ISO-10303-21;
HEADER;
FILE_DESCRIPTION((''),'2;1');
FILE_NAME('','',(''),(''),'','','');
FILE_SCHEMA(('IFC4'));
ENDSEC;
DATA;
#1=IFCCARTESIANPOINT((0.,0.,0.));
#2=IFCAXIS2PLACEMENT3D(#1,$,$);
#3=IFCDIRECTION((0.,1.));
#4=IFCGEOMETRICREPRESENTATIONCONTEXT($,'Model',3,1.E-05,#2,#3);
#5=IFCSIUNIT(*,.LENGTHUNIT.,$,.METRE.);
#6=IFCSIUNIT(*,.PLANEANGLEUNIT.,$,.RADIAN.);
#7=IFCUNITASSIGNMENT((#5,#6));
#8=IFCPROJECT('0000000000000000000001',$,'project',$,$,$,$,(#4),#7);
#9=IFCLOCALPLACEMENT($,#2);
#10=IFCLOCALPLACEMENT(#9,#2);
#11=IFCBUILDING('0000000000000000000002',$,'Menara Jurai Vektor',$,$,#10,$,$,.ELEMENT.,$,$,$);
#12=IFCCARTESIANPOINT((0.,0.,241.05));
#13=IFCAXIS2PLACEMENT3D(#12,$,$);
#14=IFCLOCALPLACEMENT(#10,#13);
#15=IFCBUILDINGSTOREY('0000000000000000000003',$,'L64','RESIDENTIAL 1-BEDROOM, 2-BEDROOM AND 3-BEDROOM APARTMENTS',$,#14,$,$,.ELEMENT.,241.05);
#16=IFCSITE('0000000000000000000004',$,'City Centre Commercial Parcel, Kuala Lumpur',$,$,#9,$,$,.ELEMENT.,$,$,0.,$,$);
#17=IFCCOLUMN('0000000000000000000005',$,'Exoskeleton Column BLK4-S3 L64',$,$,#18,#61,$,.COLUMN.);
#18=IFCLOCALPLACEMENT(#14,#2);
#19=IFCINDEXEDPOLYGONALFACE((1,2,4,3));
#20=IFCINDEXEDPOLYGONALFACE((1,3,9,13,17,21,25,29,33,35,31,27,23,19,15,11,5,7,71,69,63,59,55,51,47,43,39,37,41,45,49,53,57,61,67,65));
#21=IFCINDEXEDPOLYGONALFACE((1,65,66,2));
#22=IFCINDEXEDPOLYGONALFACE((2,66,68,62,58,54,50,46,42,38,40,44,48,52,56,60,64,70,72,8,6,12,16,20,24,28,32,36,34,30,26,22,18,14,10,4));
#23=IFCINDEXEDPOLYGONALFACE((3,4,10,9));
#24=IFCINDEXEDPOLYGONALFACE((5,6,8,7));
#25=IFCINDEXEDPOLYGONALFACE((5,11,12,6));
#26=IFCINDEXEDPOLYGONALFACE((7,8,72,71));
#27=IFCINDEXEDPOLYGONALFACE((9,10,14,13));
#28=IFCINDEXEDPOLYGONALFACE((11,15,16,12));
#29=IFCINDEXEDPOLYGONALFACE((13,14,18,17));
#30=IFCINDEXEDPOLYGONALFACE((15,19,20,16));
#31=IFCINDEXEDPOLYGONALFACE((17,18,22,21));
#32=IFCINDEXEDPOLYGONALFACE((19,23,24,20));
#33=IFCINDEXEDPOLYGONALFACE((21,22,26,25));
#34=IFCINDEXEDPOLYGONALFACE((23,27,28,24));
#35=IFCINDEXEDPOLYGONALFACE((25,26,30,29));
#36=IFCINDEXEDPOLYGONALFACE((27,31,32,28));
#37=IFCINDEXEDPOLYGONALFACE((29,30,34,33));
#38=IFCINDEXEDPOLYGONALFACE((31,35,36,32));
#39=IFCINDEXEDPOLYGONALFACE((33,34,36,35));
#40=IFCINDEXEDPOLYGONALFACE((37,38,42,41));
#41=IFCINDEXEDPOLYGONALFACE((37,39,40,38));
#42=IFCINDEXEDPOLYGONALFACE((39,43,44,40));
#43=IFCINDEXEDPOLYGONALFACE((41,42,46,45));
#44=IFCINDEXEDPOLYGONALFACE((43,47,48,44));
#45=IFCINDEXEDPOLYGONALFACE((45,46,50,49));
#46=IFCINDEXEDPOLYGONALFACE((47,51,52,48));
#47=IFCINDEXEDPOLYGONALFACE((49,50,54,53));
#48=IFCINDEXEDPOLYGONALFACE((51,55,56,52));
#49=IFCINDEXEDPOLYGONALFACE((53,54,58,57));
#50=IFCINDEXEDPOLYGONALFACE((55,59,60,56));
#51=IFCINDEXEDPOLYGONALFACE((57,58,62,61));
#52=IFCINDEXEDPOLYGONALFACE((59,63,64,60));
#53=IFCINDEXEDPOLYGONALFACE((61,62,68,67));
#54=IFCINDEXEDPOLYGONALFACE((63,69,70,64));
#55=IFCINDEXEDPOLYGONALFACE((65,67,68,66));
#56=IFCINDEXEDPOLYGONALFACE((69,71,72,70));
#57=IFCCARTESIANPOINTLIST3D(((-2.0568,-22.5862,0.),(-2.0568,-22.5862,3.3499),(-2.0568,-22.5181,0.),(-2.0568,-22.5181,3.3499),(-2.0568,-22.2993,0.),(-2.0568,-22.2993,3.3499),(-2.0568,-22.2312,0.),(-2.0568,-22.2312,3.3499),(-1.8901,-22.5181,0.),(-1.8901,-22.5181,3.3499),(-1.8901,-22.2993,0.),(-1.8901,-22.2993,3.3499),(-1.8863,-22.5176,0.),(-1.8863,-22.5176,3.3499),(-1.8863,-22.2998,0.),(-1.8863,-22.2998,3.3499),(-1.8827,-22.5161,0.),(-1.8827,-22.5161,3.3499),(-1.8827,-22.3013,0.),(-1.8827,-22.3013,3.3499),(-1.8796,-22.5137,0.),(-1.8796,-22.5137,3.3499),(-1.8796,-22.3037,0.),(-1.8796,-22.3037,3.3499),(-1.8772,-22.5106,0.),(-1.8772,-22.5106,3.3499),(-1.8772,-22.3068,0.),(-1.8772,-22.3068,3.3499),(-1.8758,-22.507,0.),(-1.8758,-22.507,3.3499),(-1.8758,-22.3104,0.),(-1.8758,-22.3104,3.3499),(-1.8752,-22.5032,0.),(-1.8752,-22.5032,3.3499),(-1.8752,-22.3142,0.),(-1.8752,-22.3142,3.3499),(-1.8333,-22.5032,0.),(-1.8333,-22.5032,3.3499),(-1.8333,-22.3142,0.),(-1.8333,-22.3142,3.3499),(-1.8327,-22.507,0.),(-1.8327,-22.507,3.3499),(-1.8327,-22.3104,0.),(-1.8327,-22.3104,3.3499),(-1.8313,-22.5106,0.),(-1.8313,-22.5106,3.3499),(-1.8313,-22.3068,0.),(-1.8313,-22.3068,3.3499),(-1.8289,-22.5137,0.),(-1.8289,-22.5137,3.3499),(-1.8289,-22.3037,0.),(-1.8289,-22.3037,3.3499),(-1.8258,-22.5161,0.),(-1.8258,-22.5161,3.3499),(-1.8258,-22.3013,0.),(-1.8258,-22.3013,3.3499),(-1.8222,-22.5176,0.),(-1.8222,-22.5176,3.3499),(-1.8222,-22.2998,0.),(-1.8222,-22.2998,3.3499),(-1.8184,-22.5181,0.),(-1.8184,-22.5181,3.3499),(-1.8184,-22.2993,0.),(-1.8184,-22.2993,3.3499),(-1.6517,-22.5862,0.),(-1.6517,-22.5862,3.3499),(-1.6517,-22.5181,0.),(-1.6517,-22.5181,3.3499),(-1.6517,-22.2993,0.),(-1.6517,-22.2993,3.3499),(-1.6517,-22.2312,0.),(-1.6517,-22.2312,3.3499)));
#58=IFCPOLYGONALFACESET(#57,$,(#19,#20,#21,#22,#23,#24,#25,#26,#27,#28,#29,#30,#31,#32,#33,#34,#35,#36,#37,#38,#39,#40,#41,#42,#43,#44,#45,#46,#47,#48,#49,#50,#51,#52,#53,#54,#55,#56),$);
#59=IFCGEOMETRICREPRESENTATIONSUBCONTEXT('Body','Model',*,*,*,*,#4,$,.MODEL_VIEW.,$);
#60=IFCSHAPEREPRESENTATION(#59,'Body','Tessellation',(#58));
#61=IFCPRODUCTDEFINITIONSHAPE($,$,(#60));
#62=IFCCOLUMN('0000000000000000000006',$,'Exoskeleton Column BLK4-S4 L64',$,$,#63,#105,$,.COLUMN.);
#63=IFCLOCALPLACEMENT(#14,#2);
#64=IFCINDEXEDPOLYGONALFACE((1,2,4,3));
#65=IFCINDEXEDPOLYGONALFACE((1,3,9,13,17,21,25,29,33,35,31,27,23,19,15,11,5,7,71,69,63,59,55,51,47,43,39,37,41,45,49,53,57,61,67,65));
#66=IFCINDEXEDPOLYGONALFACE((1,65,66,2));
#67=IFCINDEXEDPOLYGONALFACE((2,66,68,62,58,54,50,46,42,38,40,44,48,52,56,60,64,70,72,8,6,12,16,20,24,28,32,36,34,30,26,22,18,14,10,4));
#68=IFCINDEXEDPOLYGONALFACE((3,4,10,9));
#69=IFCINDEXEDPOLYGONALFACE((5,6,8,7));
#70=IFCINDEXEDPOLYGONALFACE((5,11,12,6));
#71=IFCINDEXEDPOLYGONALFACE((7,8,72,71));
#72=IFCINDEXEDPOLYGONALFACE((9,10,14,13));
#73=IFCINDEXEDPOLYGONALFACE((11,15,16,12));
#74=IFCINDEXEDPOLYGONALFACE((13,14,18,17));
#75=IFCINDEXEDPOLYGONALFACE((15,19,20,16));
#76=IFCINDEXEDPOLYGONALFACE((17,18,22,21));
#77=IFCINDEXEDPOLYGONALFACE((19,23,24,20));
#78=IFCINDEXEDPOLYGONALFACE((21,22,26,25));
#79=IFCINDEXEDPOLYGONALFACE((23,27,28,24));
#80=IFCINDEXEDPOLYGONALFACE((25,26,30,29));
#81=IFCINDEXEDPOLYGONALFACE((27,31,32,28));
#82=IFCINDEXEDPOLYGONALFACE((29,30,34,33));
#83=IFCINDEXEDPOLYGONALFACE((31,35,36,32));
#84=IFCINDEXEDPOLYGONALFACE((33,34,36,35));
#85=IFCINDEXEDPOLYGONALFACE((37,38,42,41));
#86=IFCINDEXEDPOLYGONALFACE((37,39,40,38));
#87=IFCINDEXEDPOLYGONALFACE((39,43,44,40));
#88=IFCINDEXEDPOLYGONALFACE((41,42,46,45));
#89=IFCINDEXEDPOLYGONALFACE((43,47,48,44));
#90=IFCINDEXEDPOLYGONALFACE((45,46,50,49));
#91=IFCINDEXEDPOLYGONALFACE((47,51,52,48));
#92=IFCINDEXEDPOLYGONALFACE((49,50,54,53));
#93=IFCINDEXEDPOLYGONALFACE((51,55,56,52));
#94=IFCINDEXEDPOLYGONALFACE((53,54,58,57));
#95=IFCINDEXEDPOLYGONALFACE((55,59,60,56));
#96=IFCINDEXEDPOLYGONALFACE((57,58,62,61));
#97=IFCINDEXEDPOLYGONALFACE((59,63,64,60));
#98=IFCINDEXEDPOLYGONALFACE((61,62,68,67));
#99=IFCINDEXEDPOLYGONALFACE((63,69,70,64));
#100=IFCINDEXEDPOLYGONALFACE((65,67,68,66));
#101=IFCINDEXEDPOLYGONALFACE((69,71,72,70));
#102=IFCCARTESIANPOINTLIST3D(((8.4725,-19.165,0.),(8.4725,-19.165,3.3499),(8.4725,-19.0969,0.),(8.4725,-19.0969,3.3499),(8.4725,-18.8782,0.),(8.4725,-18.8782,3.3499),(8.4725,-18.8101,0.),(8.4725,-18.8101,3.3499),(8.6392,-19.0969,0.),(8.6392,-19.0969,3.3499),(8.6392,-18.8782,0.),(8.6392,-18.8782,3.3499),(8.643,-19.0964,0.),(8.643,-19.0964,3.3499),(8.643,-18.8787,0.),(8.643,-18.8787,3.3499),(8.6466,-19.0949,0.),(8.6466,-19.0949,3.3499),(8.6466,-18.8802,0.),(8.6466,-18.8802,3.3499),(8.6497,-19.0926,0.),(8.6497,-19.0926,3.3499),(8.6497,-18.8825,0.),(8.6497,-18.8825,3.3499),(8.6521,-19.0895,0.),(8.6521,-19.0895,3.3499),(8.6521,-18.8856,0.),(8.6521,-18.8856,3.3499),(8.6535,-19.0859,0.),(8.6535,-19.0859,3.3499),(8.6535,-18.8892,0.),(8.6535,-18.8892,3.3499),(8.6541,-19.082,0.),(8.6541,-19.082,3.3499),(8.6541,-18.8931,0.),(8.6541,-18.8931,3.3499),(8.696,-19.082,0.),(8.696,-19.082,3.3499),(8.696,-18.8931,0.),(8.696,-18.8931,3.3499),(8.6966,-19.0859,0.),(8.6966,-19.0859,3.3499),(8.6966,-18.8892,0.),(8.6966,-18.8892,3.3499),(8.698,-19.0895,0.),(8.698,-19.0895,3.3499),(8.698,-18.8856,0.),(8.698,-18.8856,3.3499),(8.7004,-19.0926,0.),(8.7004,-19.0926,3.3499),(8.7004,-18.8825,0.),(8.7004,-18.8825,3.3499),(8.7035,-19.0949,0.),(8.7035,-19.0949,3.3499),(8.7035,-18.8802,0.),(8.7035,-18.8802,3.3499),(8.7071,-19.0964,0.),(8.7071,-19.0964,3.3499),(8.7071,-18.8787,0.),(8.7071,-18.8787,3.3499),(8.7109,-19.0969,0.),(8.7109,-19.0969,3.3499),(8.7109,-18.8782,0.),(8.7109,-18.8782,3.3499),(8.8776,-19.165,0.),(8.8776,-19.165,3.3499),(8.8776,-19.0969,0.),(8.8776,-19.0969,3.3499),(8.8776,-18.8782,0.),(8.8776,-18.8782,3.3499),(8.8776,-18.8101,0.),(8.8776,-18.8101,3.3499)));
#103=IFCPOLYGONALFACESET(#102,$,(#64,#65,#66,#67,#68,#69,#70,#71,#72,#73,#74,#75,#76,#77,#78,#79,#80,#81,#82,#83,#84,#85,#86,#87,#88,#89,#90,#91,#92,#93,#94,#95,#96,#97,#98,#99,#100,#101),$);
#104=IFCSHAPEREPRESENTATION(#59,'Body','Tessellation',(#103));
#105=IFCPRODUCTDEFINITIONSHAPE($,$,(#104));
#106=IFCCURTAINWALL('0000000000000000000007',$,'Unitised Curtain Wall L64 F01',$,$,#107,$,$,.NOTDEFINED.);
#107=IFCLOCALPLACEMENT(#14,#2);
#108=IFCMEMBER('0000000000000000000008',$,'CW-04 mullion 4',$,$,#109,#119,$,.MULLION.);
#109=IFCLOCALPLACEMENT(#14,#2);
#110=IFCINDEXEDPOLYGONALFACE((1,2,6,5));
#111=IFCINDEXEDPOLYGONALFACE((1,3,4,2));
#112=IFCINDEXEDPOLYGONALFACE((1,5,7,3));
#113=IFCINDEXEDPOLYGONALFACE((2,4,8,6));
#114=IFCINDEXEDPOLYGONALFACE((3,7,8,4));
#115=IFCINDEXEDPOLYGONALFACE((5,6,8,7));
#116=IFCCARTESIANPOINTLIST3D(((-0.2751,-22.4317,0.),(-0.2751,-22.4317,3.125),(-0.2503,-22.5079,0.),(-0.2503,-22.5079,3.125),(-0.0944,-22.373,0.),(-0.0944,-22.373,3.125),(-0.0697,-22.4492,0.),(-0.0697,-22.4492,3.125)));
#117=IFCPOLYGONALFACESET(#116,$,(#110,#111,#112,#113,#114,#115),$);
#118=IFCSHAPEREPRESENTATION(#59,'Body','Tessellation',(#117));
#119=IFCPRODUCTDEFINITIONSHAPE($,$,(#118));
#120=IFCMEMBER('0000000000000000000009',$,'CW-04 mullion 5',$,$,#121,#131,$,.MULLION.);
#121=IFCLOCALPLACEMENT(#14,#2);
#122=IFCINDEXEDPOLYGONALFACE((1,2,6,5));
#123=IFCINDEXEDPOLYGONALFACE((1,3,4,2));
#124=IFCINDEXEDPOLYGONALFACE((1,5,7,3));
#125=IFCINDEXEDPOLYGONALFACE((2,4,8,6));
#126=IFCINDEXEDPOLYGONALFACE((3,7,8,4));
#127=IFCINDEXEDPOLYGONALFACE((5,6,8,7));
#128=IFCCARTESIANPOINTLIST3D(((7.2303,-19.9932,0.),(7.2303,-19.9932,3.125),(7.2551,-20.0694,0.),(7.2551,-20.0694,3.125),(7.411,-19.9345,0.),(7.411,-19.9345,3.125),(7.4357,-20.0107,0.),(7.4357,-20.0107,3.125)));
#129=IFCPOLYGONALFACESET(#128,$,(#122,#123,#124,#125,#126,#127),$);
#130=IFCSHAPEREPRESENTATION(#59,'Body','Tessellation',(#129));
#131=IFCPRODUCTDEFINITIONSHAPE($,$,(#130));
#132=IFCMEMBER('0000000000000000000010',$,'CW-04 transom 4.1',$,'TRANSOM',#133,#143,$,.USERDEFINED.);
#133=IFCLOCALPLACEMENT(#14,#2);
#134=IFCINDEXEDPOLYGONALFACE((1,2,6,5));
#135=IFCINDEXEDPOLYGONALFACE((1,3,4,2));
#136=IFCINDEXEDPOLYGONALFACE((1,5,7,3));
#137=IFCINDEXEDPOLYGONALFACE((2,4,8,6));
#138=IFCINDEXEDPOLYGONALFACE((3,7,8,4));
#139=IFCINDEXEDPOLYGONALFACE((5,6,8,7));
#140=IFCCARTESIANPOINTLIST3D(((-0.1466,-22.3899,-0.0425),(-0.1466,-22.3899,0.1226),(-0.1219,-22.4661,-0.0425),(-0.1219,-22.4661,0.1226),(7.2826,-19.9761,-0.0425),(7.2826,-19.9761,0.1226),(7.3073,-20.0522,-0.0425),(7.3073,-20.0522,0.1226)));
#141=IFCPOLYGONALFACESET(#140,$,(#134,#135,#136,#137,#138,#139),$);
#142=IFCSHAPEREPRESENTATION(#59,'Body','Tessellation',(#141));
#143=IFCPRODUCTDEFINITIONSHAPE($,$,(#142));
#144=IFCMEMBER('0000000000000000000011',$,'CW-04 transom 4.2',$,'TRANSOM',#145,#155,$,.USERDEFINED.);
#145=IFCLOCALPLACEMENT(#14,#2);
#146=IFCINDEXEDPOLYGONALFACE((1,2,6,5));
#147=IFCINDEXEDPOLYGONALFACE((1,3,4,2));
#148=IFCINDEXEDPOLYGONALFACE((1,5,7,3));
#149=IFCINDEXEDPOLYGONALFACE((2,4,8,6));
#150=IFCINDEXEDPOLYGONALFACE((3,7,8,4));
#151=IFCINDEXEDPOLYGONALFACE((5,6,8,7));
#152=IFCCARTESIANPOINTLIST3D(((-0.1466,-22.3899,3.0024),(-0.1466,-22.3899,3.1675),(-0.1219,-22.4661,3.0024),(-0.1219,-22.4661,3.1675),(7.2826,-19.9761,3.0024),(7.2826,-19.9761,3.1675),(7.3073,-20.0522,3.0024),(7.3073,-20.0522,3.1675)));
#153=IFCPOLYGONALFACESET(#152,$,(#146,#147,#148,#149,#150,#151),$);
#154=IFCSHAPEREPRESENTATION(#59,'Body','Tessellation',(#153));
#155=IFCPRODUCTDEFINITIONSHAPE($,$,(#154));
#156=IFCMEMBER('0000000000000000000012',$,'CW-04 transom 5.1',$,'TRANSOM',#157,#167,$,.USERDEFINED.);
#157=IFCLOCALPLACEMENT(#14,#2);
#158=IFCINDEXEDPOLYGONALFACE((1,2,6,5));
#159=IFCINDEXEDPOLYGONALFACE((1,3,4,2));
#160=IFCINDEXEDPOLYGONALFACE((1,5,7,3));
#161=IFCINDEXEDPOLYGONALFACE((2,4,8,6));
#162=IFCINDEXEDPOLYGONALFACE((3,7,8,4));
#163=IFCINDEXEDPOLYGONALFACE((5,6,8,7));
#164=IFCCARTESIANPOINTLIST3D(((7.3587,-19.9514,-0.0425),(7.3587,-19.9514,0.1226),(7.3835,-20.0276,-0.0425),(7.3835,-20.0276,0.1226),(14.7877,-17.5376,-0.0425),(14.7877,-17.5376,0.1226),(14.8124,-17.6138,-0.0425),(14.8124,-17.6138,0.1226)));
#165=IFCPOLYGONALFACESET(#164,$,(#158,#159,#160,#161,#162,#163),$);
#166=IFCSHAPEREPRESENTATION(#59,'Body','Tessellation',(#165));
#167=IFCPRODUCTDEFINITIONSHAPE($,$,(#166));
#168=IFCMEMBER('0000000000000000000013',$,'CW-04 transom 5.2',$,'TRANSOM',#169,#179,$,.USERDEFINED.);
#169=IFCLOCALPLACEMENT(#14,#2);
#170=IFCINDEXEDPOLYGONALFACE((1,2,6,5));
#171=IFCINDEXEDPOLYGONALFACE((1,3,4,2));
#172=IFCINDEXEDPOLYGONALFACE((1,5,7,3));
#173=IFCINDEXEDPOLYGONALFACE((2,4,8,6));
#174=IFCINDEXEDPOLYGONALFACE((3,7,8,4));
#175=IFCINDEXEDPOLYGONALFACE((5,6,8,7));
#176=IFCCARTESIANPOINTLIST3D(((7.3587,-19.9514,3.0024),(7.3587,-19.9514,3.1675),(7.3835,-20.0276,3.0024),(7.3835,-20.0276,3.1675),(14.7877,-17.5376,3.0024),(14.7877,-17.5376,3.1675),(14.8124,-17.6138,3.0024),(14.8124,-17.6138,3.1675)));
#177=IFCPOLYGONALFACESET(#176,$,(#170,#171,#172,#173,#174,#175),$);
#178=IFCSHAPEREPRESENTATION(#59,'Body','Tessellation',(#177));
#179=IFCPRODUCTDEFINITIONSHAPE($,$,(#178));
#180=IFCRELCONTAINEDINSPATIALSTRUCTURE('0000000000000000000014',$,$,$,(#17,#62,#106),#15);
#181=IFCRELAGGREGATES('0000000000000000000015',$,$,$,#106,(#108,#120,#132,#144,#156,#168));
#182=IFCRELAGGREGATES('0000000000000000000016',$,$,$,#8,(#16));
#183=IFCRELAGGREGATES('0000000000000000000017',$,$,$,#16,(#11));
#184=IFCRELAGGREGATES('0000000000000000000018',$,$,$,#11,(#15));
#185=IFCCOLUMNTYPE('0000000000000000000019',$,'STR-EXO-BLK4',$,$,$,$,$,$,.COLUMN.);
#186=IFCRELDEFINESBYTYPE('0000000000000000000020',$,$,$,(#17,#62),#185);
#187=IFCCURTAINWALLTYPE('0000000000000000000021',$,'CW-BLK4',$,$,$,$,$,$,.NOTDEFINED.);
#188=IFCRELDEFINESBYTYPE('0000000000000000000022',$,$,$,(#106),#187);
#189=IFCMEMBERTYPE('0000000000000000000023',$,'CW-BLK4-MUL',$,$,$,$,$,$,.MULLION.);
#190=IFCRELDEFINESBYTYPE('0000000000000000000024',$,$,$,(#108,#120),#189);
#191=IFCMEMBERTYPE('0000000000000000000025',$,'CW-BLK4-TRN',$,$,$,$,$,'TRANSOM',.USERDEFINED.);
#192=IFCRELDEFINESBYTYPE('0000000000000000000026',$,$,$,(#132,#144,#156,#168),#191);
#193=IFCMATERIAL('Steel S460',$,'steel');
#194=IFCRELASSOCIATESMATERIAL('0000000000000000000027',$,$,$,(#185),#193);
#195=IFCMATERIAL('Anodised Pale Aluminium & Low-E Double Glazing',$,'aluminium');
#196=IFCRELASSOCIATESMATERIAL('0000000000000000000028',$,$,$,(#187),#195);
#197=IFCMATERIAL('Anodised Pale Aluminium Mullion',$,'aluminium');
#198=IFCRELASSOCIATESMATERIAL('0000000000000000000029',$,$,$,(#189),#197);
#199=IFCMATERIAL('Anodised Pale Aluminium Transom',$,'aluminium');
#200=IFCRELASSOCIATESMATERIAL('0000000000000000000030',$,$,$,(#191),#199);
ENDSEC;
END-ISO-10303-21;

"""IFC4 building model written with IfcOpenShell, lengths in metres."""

from ifc_helpers import new_model, si_unit, direction, frame, origin, origin_2d, place, context, subcontext, project, spatial, rectangle, i_section, extrude, material, material_profile, profile_set, type_object, element, aggregate, save


model = new_model("IFC4")

# Units and contexts
model_context = context("Model", 3, precision=1e-05, world=origin(), true_north=direction((0.0, 1.0)))
body_context = subcontext(model_context, "Body", "Model", "MODEL_VIEW")
ifc_project = project(units=[si_unit("LENGTHUNIT", "METRE"), si_unit("PLANEANGLEUNIT", "RADIAN")], contexts=[model_context])

# Site, building, storey
site_placement = place(None, origin())
site = spatial("IfcSite", under=ifc_project, at=site_placement, Name="City Centre Commercial Parcel, Kuala Lumpur", CompositionType="ELEMENT", RefElevation=0.0)
building_placement = place(site_placement, origin())
building = spatial("IfcBuilding", under=site, at=building_placement, Name="Menara Jurai Vektor", CompositionType="ELEMENT")
storey_placement = place(building_placement, frame((0.0, 0.0, 241.05)))
storey = spatial("IfcBuildingStorey", under=building, at=storey_placement, Name="L64", Description="RESIDENTIAL 1-BEDROOM, 2-BEDROOM AND 3-BEDROOM APARTMENTS", CompositionType="ELEMENT", Elevation=241.05)

# Columns
ifc_material_1 = material(Name="Steel S460", Category="steel")
ifc_material_profile_1 = material_profile(ifc_material_1, i_section(OverallWidth=0.405, OverallDepth=0.355, WebThickness=0.042, FlangeThickness=0.0681, FilletRadius=0.0149, at=origin_2d()), Name="HD 400x551")
ifc_profile_set_1 = profile_set([ifc_material_profile_1], Name="Steel S460")
column_type = type_object("IfcColumnType", Name="STR-EXO-BLK4", PredefinedType="COLUMN", material=ifc_profile_set_1)
for number, where, z_axis, x_axis, name in (
    (1, (-1.8542, -22.4087, 0.0), (0.0, 0.0, 1.0), (1.0, 0.0, 0.0), "Exoskeleton Column BLK4-S3 L64"),
    (2, (8.675, -18.9875, 0.0), (0.0, 0.0, 1.0), (1.0, 0.0, 0.0), "Exoskeleton Column BLK4-S4 L64"),
):
    element("IfcColumn", number, at=place(storey_placement, frame(where, z_axis=z_axis, x_axis=x_axis)), inside=storey, type_object=column_type, Name=name, PredefinedType="COLUMN", context=body_context, shape_type="SweptSolid", body=[
        extrude(i_section(OverallWidth=0.405, OverallDepth=0.355, WebThickness=0.042, FlangeThickness=0.0681, FilletRadius=0.0149, at=origin_2d()), origin(), (0.0, 0.0, 1.0), 3.3499),
    ])

# Curtain wall, members
ifc_material_2 = material(Name="Anodised Pale Aluminium & Low-E Double Glazing", Category="aluminium")
curtain_wall_type = type_object("IfcCurtainWallType", Name="CW-BLK4", PredefinedType="NOTDEFINED", material=ifc_material_2)
curtain_wall_placement = place(storey_placement, origin())
curtain_wall = element("IfcCurtainWall", 3, at=curtain_wall_placement, inside=storey, type_object=curtain_wall_type, Name="Unitised Curtain Wall L64 F01", PredefinedType="NOTDEFINED")
ifc_material_3 = material(Name="Anodised Pale Aluminium Mullion", Category="aluminium")
ifc_material_profile_2 = material_profile(ifc_material_3, rectangle(XDim=0.0801, YDim=0.1899, at=origin_2d()), Name="ALU MUL 80x190")
ifc_profile_set_2 = profile_set([ifc_material_profile_2], Name="Anodised Pale Aluminium Mullion")
member_type_1 = type_object("IfcMemberType", Name="CW-BLK4-MUL", PredefinedType="MULLION", material=ifc_profile_set_2)
member_1_placement = place(storey_placement, frame((-0.1724, -22.4404, 0.0), z_axis=(0.0, 0.0, 1.0), x_axis=(-0.309017, 0.951056, 0.0)))
member_1 = element("IfcMember", 4, at=member_1_placement, type_object=member_type_1, Name="CW-04 mullion 4", PredefinedType="MULLION", context=body_context, shape_type="SweptSolid", body=[
    extrude(rectangle(XDim=0.0801, YDim=0.1899, at=origin_2d()), origin(), (0.0, 0.0, 1.0), 3.125),
])
member_2_placement = place(storey_placement, frame((7.333, -20.002, 0.0), z_axis=(0.0, 0.0, 1.0), x_axis=(-0.309017, 0.951056, 0.0)))
member_2 = element("IfcMember", 5, at=member_2_placement, type_object=member_type_1, Name="CW-04 mullion 5", PredefinedType="MULLION", context=body_context, shape_type="SweptSolid", body=[
    extrude(rectangle(XDim=0.0801, YDim=0.1899, at=origin_2d()), origin(), (0.0, 0.0, 1.0), 3.125),
])
ifc_material_4 = material(Name="Anodised Pale Aluminium Transom", Category="aluminium")
ifc_material_profile_3 = material_profile(ifc_material_4, rectangle(XDim=0.0801, YDim=0.165, at=origin_2d()), Name="ALU TRN 80x165")
ifc_profile_set_3 = profile_set([ifc_material_profile_3], Name="Anodised Pale Aluminium Transom")
member_type_2 = type_object("IfcMemberType", Name="CW-BLK4-TRN", ElementType="TRANSOM", PredefinedType="USERDEFINED", material=ifc_profile_set_3)
member_3_placement = place(storey_placement, frame((-0.1343, -22.428, 0.04), z_axis=(0.951059, 0.309008, 0.0), x_axis=(-0.309008, 0.951059, 0.0)))
member_3 = element("IfcMember", 6, at=member_3_placement, type_object=member_type_2, Name="CW-04 transom 4.1", ObjectType="TRANSOM", PredefinedType="USERDEFINED", context=body_context, shape_type="SweptSolid", body=[
    extrude(rectangle(XDim=0.0801, YDim=0.165, at=origin_2d()), origin(), (0.0, 0.0, 1.0), 7.8115),
])
member_4_placement = place(storey_placement, frame((-0.1343, -22.428, 3.085), z_axis=(0.951059, 0.309008, 0.0), x_axis=(-0.309008, 0.951059, 0.0)))
member_4 = element("IfcMember", 7, at=member_4_placement, type_object=member_type_2, Name="CW-04 transom 4.2", ObjectType="TRANSOM", PredefinedType="USERDEFINED", context=body_context, shape_type="SweptSolid", body=[
    extrude(rectangle(XDim=0.0801, YDim=0.165, at=origin_2d()), origin(), (0.0, 0.0, 1.0), 7.8115),
])
member_5_placement = place(storey_placement, frame((7.3711, -19.9895, 0.04), z_axis=(0.951056, 0.309018, 0.0), x_axis=(-0.309018, 0.951056, 0.0)))
member_5 = element("IfcMember", 8, at=member_5_placement, type_object=member_type_2, Name="CW-04 transom 5.1", ObjectType="TRANSOM", PredefinedType="USERDEFINED", context=body_context, shape_type="SweptSolid", body=[
    extrude(rectangle(XDim=0.0801, YDim=0.165, at=origin_2d()), origin(), (0.0, 0.0, 1.0), 7.8113),
])
member_6_placement = place(storey_placement, frame((7.3711, -19.9895, 3.085), z_axis=(0.951056, 0.309018, 0.0), x_axis=(-0.309018, 0.951056, 0.0)))
member_6 = element("IfcMember", 9, at=member_6_placement, type_object=member_type_2, Name="CW-04 transom 5.2", ObjectType="TRANSOM", PredefinedType="USERDEFINED", context=body_context, shape_type="SweptSolid", body=[
    extrude(rectangle(XDim=0.0801, YDim=0.165, at=origin_2d()), origin(), (0.0, 0.0, 1.0), 7.8113),
])

aggregate(curtain_wall, [member_1, member_2, member_3, member_4, member_5, member_6])

save(model, "model.ifc")
